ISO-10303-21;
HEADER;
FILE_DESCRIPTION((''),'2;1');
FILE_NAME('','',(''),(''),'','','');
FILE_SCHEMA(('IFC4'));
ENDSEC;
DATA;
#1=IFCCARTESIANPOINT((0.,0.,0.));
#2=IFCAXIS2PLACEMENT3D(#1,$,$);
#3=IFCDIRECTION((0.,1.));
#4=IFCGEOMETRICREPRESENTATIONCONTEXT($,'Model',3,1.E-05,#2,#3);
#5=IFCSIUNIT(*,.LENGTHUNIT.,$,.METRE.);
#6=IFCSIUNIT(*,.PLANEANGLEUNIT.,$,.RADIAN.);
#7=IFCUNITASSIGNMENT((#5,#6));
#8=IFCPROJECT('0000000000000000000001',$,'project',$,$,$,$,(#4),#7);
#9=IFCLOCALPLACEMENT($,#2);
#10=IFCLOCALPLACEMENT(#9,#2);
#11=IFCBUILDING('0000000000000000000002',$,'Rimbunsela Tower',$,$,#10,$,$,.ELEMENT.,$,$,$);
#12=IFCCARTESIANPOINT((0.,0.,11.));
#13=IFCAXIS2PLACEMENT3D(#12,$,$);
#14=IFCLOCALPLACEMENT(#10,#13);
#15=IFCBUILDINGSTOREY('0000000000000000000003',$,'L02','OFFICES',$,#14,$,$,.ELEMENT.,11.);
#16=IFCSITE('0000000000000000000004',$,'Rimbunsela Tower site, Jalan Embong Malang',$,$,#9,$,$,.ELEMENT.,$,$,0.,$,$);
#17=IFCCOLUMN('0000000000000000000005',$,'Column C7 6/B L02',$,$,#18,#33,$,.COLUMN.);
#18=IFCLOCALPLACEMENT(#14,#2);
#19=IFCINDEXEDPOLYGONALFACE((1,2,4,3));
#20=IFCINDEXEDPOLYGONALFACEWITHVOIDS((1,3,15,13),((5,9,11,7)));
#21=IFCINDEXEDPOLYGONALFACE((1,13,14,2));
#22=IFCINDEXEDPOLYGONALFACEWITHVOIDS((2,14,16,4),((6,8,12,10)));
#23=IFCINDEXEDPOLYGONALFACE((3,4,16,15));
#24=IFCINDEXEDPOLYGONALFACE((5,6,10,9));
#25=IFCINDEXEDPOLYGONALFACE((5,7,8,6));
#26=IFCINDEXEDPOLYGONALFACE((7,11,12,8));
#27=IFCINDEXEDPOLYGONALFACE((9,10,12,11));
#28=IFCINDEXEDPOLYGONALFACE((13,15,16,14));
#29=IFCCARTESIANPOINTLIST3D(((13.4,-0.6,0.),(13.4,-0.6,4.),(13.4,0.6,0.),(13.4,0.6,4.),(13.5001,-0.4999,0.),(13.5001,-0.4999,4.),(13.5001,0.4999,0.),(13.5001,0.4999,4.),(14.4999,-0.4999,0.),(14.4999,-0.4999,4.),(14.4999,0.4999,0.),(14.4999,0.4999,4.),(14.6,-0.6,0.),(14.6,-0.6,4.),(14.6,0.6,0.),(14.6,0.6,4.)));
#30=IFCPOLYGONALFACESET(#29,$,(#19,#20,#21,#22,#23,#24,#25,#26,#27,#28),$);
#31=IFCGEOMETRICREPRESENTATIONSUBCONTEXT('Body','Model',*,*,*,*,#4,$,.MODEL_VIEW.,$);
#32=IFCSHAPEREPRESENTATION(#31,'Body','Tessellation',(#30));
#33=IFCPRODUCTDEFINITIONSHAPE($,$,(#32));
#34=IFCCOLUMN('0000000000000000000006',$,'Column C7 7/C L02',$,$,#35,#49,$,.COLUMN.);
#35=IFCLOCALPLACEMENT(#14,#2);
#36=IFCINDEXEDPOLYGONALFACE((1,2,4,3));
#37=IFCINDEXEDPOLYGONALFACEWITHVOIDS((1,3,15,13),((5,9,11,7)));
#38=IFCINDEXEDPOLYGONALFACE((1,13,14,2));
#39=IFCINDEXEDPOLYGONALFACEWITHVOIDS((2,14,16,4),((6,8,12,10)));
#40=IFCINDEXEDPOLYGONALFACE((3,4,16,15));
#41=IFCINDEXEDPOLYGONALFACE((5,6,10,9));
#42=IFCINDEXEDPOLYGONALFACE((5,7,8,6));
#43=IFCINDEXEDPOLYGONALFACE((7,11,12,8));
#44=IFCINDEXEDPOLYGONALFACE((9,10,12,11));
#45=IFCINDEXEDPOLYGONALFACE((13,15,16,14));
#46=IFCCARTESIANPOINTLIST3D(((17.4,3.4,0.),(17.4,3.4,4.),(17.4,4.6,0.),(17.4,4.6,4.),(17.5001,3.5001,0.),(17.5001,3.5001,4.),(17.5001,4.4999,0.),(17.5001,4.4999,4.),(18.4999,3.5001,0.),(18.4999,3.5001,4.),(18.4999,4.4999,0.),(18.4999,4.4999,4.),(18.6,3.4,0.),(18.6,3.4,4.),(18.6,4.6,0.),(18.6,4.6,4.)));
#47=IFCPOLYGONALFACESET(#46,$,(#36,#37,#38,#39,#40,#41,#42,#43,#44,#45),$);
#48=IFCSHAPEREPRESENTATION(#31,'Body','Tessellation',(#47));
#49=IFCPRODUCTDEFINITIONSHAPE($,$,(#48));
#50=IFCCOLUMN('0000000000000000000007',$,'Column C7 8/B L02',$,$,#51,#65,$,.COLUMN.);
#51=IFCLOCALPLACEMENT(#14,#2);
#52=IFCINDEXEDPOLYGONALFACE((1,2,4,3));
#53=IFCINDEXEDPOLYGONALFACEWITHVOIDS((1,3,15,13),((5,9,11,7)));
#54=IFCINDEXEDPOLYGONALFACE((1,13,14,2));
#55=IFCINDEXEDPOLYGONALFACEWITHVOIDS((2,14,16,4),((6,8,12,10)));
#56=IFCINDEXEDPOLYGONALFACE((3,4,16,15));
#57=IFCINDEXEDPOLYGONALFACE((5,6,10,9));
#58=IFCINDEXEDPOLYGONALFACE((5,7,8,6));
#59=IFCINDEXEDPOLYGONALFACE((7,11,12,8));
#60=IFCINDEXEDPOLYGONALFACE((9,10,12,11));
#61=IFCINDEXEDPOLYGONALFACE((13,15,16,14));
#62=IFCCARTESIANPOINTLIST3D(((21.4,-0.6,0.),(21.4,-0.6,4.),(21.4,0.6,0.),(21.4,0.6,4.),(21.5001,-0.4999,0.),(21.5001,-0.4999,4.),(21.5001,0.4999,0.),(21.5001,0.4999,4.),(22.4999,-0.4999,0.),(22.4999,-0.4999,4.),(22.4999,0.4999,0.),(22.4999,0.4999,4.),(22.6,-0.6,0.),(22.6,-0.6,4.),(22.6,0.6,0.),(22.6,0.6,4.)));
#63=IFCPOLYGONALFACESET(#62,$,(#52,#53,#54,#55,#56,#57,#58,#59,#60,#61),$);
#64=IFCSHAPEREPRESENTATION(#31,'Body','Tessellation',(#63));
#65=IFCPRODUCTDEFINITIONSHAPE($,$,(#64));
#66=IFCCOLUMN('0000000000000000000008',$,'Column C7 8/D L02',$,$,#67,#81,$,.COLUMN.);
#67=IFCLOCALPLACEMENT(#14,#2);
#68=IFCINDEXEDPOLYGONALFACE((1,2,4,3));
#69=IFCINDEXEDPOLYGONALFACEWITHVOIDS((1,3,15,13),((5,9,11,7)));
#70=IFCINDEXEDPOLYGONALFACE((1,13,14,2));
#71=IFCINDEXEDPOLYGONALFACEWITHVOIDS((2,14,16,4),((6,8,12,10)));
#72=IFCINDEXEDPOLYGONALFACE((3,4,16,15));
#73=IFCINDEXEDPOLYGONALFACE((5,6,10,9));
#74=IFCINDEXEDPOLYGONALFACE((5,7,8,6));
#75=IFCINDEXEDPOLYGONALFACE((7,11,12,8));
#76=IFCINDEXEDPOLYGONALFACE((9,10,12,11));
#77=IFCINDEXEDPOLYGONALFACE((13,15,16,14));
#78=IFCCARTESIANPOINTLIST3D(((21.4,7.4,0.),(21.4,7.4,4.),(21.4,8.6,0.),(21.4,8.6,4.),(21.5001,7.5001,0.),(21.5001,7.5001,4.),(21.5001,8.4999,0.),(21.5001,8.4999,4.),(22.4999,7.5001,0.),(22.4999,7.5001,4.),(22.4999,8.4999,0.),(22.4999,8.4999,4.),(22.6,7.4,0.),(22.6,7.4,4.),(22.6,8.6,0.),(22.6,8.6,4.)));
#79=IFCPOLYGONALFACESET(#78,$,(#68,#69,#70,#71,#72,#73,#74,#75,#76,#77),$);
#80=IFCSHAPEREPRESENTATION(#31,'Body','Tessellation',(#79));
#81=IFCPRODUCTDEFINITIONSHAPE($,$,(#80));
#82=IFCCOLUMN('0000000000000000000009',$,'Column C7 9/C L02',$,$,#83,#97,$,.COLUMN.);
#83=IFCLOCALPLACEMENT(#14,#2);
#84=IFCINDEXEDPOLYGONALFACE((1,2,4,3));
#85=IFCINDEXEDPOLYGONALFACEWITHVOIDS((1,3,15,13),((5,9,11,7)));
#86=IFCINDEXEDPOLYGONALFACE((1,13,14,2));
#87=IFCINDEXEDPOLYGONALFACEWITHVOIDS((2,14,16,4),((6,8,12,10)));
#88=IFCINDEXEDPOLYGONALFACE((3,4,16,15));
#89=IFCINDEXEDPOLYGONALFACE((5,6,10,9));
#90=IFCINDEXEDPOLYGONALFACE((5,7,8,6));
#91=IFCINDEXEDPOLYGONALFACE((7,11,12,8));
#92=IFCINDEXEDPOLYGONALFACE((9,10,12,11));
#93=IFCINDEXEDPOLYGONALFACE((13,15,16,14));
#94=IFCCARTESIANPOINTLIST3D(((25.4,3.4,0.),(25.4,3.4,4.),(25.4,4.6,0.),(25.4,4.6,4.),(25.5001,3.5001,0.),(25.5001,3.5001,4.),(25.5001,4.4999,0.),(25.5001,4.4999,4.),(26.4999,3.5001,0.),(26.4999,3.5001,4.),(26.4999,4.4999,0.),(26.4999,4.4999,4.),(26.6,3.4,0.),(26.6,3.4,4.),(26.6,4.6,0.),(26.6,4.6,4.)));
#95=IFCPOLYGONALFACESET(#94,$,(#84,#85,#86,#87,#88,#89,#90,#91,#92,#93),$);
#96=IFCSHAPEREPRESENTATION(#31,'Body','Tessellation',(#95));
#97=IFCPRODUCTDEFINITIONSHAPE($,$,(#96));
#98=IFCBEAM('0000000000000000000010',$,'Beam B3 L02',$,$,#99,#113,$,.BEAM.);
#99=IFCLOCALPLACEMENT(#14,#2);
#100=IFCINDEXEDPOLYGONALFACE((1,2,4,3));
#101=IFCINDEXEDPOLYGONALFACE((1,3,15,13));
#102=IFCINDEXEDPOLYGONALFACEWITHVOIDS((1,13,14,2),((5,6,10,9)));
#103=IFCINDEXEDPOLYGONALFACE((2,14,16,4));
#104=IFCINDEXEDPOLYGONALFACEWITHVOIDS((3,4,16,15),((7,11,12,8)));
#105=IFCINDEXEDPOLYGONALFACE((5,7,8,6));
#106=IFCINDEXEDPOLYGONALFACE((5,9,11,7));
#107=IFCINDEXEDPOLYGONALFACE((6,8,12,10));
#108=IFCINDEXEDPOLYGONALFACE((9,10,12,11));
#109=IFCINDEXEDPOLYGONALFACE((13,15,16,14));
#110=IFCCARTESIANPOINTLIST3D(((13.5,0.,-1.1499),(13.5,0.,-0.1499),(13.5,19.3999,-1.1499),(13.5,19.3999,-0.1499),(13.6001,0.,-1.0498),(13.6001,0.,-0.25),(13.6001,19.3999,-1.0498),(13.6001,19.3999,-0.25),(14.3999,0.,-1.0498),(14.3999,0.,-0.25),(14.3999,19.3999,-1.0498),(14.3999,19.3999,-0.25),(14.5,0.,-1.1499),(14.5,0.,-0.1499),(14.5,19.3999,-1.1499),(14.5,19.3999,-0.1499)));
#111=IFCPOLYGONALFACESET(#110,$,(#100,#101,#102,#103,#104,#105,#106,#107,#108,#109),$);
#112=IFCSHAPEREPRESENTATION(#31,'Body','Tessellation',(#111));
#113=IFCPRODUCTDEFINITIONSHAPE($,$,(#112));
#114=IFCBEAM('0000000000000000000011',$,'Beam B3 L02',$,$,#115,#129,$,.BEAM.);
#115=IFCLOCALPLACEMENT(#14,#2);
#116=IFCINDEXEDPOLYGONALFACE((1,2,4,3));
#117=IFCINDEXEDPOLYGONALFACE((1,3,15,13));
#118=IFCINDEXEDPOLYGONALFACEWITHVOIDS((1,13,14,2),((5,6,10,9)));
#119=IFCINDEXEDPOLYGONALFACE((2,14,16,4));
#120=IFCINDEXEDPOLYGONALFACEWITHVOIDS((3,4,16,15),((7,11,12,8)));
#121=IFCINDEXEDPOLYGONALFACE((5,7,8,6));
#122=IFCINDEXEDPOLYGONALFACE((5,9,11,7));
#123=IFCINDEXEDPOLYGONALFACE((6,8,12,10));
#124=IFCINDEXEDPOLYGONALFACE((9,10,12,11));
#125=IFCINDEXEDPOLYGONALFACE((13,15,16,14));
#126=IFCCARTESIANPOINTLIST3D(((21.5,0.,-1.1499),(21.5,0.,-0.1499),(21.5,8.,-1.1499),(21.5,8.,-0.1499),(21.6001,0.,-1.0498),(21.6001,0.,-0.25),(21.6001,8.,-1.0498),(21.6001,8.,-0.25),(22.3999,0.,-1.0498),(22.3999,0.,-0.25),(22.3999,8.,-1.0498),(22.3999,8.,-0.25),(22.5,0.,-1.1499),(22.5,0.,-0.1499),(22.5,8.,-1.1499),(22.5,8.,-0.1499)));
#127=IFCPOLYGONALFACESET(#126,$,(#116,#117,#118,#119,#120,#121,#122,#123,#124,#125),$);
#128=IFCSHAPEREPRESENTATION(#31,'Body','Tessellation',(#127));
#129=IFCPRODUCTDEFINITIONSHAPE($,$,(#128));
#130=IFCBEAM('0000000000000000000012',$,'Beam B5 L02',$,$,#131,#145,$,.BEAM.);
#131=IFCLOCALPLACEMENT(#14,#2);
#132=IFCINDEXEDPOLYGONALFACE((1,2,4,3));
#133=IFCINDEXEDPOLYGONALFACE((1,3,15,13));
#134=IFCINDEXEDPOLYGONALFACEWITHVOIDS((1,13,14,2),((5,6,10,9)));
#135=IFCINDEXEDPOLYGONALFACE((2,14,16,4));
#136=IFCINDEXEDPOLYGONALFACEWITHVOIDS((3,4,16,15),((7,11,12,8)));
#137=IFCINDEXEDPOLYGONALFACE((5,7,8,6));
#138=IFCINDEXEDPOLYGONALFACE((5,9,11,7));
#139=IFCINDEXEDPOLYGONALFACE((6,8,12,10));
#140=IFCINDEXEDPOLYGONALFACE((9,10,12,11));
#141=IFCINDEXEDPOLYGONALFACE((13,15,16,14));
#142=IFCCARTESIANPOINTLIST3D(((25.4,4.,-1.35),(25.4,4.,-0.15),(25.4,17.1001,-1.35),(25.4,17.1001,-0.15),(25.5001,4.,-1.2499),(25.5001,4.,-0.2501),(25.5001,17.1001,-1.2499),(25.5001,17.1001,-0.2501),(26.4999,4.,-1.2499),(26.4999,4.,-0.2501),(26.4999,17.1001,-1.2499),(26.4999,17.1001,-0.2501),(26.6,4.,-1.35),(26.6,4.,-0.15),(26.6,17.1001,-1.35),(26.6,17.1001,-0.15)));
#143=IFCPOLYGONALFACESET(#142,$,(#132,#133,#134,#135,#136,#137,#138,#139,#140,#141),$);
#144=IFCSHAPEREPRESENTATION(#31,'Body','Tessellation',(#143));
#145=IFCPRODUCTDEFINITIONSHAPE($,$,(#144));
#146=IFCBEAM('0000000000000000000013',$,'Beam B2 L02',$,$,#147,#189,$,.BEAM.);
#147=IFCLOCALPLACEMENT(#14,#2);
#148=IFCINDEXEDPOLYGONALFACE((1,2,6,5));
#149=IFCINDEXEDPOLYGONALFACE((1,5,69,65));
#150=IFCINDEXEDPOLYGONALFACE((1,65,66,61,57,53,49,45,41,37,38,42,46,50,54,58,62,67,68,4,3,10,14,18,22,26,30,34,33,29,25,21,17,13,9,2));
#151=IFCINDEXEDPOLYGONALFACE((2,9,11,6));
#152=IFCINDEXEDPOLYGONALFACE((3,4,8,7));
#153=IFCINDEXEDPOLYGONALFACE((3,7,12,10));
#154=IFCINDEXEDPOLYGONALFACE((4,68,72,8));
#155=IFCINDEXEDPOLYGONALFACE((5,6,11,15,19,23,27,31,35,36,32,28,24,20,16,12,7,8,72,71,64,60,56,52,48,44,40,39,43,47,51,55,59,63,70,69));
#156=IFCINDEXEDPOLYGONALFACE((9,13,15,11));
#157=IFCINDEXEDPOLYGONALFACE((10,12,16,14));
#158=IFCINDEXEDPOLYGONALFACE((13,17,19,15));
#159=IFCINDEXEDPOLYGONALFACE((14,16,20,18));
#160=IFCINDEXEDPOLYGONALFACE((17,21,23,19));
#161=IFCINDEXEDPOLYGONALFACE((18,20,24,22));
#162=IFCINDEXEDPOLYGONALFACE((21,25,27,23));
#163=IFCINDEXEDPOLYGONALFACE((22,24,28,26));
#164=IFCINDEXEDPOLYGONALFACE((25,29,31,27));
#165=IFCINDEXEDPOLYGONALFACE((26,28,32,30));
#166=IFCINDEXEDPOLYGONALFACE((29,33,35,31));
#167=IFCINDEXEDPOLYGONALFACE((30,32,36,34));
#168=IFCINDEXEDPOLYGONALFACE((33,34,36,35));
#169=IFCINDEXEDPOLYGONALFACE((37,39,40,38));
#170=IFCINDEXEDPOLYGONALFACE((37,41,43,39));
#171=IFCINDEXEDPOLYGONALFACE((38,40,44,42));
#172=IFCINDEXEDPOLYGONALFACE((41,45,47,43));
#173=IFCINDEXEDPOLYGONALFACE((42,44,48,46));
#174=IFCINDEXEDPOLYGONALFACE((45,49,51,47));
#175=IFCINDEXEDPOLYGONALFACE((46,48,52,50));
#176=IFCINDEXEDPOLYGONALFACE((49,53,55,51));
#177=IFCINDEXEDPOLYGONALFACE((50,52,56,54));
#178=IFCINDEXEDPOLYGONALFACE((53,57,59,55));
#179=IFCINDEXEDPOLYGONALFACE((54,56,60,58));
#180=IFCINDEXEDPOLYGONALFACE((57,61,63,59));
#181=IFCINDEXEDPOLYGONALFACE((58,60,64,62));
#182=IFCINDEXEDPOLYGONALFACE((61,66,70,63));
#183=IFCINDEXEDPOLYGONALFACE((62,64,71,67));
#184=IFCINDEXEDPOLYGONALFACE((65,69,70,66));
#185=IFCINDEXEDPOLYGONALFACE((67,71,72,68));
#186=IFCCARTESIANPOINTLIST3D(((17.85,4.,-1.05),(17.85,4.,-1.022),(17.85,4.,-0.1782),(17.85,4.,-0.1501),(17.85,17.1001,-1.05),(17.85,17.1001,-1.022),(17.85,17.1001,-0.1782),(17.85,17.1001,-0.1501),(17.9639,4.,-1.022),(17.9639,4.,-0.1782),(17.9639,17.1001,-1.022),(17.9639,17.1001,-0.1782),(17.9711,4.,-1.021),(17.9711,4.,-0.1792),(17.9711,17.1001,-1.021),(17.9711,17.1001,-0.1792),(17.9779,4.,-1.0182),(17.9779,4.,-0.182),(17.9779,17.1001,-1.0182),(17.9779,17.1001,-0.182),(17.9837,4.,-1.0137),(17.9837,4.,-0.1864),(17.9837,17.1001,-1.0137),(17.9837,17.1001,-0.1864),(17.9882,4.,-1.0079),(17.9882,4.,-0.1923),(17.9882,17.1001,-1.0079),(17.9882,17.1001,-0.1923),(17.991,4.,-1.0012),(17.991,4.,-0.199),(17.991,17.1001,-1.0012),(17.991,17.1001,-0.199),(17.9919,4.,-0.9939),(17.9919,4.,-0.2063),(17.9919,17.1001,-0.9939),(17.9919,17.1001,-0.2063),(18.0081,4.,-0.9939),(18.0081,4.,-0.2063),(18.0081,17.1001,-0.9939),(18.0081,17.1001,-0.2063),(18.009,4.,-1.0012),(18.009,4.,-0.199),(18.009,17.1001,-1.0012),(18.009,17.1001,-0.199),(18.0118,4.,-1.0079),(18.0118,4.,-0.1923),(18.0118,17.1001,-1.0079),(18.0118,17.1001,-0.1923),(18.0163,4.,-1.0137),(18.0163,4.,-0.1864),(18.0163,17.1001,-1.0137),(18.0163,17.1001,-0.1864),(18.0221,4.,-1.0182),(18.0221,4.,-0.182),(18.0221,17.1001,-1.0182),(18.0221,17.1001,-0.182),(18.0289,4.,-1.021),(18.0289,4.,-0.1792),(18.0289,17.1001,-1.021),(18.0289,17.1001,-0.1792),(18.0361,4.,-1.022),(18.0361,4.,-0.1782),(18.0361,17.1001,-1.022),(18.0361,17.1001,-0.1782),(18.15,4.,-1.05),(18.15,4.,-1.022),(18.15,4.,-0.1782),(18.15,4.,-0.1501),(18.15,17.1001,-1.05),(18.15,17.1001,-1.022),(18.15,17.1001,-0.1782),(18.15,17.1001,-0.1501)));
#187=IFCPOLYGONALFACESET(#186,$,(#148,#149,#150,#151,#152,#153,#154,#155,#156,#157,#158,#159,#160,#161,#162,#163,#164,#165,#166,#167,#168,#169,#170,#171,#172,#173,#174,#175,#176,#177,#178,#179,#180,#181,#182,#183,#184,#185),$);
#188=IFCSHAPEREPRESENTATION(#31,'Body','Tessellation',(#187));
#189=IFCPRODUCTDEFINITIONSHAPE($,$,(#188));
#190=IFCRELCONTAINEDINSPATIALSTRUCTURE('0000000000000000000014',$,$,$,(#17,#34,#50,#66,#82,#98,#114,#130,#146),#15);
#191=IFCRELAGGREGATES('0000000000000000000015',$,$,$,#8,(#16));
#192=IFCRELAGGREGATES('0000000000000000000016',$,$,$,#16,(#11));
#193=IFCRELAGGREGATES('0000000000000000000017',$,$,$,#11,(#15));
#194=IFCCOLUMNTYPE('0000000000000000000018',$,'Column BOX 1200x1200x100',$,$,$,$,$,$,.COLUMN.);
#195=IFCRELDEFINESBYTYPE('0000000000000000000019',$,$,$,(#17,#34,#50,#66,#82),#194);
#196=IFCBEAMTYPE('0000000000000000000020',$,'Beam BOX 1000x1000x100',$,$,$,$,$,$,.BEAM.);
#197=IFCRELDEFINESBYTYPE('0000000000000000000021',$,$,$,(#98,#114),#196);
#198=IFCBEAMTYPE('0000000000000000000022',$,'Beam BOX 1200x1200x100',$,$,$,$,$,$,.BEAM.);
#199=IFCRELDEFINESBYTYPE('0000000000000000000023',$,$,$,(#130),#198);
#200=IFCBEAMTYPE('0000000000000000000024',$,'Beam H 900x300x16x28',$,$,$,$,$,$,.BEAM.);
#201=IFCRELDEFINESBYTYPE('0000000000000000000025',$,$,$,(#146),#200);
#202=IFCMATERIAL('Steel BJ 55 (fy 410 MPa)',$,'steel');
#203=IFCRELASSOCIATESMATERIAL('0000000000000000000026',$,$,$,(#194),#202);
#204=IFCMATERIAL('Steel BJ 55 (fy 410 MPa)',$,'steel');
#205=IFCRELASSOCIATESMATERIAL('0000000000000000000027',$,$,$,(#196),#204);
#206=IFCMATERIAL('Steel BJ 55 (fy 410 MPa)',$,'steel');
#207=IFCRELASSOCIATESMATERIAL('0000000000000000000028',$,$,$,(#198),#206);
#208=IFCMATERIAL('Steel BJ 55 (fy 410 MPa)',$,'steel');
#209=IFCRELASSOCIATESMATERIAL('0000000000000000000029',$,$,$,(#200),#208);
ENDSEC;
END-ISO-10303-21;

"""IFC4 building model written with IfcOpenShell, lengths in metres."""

from ifc_helpers import new_model, si_unit, direction, frame, origin, origin_2d, place, context, subcontext, project, spatial, hollow_rectangle, i_section, extrude, material, material_profile, profile_set, type_object, element, save


model = new_model("IFC4")

# Units and contexts
model_context = context("Model", 3, precision=1e-05, world=origin(), true_north=direction((0.0, 1.0)))
body_context = subcontext(model_context, "Body", "Model", "MODEL_VIEW")
ifc_project = project(units=[si_unit("LENGTHUNIT", "METRE"), si_unit("PLANEANGLEUNIT", "RADIAN")], contexts=[model_context])

# Site, building, storey
site_placement = place(None, origin())
site = spatial("IfcSite", under=ifc_project, at=site_placement, Name="Rimbunsela Tower site, Jalan Embong Malang", CompositionType="ELEMENT", RefElevation=0.0)
building_placement = place(site_placement, origin())
building = spatial("IfcBuilding", under=site, at=building_placement, Name="Rimbunsela Tower", CompositionType="ELEMENT")
storey_placement = place(building_placement, frame((0.0, 0.0, 11.0)))
storey = spatial("IfcBuildingStorey", under=building, at=storey_placement, Name="L02", Description="OFFICES", CompositionType="ELEMENT", Elevation=11.0)

# Columns
ifc_material_1 = material(Name="Steel BJ 55 (fy 410 MPa)", Category="steel")
ifc_material_profile_1 = material_profile(ifc_material_1, hollow_rectangle(XDim=1.2, YDim=1.2, WallThickness=0.1001, at=origin_2d()), Name="BOX 1200x1200x100")
ifc_profile_set_1 = profile_set([ifc_material_profile_1], Name="Steel BJ 55 (fy 410 MPa)")
column_type = type_object("IfcColumnType", Name="Column BOX 1200x1200x100", PredefinedType="COLUMN", material=ifc_profile_set_1)
for number, where, z_axis, x_axis, name in (
    (1, (14.0, 0.0, 0.0), (0.0, 0.0, 1.0), (1.0, 0.0, 0.0), "Column C7 6/B L02"),
    (2, (18.0, 4.0, 0.0), (0.0, 0.0, 1.0), (1.0, 0.0, 0.0), "Column C7 7/C L02"),
    (3, (22.0, 0.0, 0.0), (0.0, 0.0, 1.0), (1.0, 0.0, 0.0), "Column C7 8/B L02"),
    (4, (22.0, 8.0, 0.0), (0.0, 0.0, 1.0), (1.0, 0.0, 0.0), "Column C7 8/D L02"),
    (5, (26.0, 4.0, 0.0), (0.0, 0.0, 1.0), (1.0, 0.0, 0.0), "Column C7 9/C L02"),
):
    element("IfcColumn", number, at=place(storey_placement, frame(where, z_axis=z_axis, x_axis=x_axis)), inside=storey, type_object=column_type, Name=name, PredefinedType="COLUMN", context=body_context, shape_type="SweptSolid", body=[
        extrude(hollow_rectangle(XDim=1.2, YDim=1.2, WallThickness=0.1001, at=origin_2d()), origin(), (0.0, 0.0, 1.0), 4.0),
    ])

# Beams
ifc_material_2 = material(Name="Steel BJ 55 (fy 410 MPa)", Category="steel")
ifc_material_profile_2 = material_profile(ifc_material_2, hollow_rectangle(XDim=1.0, YDim=1.0, WallThickness=0.1001, at=origin_2d()), Name="BOX 1000x1000x100")
ifc_profile_set_2 = profile_set([ifc_material_profile_2], Name="Steel BJ 55 (fy 410 MPa)")
beam_type_1 = type_object("IfcBeamType", Name="Beam BOX 1000x1000x100", PredefinedType="BEAM", material=ifc_profile_set_2)
beam_1_placement = place(storey_placement, frame((14.0, 0.0, -0.6499), z_axis=(0.0, 1.0, 0.0), x_axis=(-1.0, 0.0, 0.0)))
element("IfcBeam", 6, at=beam_1_placement, inside=storey, type_object=beam_type_1, Name="Beam B3 L02", PredefinedType="BEAM", context=body_context, shape_type="SweptSolid", body=[
    extrude(hollow_rectangle(XDim=1.0, YDim=1.0, WallThickness=0.1001, at=origin_2d()), origin(), (0.0, 0.0, 1.0), 19.3999),
])
beam_2_placement = place(storey_placement, frame((22.0, 0.0, -0.6499), z_axis=(0.0, 1.0, 0.0), x_axis=(-1.0, 0.0, 0.0)))
element("IfcBeam", 7, at=beam_2_placement, inside=storey, type_object=beam_type_1, Name="Beam B3 L02", PredefinedType="BEAM", context=body_context, shape_type="SweptSolid", body=[
    extrude(hollow_rectangle(XDim=1.0, YDim=1.0, WallThickness=0.1001, at=origin_2d()), origin(), (0.0, 0.0, 1.0), 8.0),
])
ifc_material_3 = material(Name="Steel BJ 55 (fy 410 MPa)", Category="steel")
ifc_material_profile_3 = material_profile(ifc_material_3, hollow_rectangle(XDim=1.2, YDim=1.2, WallThickness=0.1001, at=origin_2d()), Name="BOX 1200x1200x100")
ifc_profile_set_3 = profile_set([ifc_material_profile_3], Name="Steel BJ 55 (fy 410 MPa)")
beam_type_2 = type_object("IfcBeamType", Name="Beam BOX 1200x1200x100", PredefinedType="BEAM", material=ifc_profile_set_3)
beam_3_placement = place(storey_placement, frame((26.0, 4.0, -0.75), z_axis=(0.0, 1.0, 0.0), x_axis=(-1.0, 0.0, 0.0)))
element("IfcBeam", 8, at=beam_3_placement, inside=storey, type_object=beam_type_2, Name="Beam B5 L02", PredefinedType="BEAM", context=body_context, shape_type="SweptSolid", body=[
    extrude(hollow_rectangle(XDim=1.2, YDim=1.2, WallThickness=0.1001, at=origin_2d()), origin(), (0.0, 0.0, 1.0), 13.1001),
])
ifc_material_4 = material(Name="Steel BJ 55 (fy 410 MPa)", Category="steel")
ifc_material_profile_4 = material_profile(ifc_material_4, i_section(OverallWidth=0.3, OverallDepth=0.8999, WebThickness=0.0161, FlangeThickness=0.0281, FilletRadius=0.0281, at=origin_2d()), Name="H 900x300x16x28")
ifc_profile_set_4 = profile_set([ifc_material_profile_4], Name="Steel BJ 55 (fy 410 MPa)")
beam_type_3 = type_object("IfcBeamType", Name="Beam H 900x300x16x28", PredefinedType="BEAM", material=ifc_profile_set_4)
beam_4_placement = place(storey_placement, frame((18.0, 4.0, -0.6001), z_axis=(0.0, 1.0, 0.0), x_axis=(-1.0, 0.0, 0.0)))
element("IfcBeam", 9, at=beam_4_placement, inside=storey, type_object=beam_type_3, Name="Beam B2 L02", PredefinedType="BEAM", context=body_context, shape_type="SweptSolid", body=[
    extrude(i_section(OverallWidth=0.3, OverallDepth=0.8999, WebThickness=0.0161, FlangeThickness=0.0281, FilletRadius=0.0281, at=origin_2d()), origin(), (0.0, 0.0, 1.0), 13.1001),
])

save(model, "model.ifc")
